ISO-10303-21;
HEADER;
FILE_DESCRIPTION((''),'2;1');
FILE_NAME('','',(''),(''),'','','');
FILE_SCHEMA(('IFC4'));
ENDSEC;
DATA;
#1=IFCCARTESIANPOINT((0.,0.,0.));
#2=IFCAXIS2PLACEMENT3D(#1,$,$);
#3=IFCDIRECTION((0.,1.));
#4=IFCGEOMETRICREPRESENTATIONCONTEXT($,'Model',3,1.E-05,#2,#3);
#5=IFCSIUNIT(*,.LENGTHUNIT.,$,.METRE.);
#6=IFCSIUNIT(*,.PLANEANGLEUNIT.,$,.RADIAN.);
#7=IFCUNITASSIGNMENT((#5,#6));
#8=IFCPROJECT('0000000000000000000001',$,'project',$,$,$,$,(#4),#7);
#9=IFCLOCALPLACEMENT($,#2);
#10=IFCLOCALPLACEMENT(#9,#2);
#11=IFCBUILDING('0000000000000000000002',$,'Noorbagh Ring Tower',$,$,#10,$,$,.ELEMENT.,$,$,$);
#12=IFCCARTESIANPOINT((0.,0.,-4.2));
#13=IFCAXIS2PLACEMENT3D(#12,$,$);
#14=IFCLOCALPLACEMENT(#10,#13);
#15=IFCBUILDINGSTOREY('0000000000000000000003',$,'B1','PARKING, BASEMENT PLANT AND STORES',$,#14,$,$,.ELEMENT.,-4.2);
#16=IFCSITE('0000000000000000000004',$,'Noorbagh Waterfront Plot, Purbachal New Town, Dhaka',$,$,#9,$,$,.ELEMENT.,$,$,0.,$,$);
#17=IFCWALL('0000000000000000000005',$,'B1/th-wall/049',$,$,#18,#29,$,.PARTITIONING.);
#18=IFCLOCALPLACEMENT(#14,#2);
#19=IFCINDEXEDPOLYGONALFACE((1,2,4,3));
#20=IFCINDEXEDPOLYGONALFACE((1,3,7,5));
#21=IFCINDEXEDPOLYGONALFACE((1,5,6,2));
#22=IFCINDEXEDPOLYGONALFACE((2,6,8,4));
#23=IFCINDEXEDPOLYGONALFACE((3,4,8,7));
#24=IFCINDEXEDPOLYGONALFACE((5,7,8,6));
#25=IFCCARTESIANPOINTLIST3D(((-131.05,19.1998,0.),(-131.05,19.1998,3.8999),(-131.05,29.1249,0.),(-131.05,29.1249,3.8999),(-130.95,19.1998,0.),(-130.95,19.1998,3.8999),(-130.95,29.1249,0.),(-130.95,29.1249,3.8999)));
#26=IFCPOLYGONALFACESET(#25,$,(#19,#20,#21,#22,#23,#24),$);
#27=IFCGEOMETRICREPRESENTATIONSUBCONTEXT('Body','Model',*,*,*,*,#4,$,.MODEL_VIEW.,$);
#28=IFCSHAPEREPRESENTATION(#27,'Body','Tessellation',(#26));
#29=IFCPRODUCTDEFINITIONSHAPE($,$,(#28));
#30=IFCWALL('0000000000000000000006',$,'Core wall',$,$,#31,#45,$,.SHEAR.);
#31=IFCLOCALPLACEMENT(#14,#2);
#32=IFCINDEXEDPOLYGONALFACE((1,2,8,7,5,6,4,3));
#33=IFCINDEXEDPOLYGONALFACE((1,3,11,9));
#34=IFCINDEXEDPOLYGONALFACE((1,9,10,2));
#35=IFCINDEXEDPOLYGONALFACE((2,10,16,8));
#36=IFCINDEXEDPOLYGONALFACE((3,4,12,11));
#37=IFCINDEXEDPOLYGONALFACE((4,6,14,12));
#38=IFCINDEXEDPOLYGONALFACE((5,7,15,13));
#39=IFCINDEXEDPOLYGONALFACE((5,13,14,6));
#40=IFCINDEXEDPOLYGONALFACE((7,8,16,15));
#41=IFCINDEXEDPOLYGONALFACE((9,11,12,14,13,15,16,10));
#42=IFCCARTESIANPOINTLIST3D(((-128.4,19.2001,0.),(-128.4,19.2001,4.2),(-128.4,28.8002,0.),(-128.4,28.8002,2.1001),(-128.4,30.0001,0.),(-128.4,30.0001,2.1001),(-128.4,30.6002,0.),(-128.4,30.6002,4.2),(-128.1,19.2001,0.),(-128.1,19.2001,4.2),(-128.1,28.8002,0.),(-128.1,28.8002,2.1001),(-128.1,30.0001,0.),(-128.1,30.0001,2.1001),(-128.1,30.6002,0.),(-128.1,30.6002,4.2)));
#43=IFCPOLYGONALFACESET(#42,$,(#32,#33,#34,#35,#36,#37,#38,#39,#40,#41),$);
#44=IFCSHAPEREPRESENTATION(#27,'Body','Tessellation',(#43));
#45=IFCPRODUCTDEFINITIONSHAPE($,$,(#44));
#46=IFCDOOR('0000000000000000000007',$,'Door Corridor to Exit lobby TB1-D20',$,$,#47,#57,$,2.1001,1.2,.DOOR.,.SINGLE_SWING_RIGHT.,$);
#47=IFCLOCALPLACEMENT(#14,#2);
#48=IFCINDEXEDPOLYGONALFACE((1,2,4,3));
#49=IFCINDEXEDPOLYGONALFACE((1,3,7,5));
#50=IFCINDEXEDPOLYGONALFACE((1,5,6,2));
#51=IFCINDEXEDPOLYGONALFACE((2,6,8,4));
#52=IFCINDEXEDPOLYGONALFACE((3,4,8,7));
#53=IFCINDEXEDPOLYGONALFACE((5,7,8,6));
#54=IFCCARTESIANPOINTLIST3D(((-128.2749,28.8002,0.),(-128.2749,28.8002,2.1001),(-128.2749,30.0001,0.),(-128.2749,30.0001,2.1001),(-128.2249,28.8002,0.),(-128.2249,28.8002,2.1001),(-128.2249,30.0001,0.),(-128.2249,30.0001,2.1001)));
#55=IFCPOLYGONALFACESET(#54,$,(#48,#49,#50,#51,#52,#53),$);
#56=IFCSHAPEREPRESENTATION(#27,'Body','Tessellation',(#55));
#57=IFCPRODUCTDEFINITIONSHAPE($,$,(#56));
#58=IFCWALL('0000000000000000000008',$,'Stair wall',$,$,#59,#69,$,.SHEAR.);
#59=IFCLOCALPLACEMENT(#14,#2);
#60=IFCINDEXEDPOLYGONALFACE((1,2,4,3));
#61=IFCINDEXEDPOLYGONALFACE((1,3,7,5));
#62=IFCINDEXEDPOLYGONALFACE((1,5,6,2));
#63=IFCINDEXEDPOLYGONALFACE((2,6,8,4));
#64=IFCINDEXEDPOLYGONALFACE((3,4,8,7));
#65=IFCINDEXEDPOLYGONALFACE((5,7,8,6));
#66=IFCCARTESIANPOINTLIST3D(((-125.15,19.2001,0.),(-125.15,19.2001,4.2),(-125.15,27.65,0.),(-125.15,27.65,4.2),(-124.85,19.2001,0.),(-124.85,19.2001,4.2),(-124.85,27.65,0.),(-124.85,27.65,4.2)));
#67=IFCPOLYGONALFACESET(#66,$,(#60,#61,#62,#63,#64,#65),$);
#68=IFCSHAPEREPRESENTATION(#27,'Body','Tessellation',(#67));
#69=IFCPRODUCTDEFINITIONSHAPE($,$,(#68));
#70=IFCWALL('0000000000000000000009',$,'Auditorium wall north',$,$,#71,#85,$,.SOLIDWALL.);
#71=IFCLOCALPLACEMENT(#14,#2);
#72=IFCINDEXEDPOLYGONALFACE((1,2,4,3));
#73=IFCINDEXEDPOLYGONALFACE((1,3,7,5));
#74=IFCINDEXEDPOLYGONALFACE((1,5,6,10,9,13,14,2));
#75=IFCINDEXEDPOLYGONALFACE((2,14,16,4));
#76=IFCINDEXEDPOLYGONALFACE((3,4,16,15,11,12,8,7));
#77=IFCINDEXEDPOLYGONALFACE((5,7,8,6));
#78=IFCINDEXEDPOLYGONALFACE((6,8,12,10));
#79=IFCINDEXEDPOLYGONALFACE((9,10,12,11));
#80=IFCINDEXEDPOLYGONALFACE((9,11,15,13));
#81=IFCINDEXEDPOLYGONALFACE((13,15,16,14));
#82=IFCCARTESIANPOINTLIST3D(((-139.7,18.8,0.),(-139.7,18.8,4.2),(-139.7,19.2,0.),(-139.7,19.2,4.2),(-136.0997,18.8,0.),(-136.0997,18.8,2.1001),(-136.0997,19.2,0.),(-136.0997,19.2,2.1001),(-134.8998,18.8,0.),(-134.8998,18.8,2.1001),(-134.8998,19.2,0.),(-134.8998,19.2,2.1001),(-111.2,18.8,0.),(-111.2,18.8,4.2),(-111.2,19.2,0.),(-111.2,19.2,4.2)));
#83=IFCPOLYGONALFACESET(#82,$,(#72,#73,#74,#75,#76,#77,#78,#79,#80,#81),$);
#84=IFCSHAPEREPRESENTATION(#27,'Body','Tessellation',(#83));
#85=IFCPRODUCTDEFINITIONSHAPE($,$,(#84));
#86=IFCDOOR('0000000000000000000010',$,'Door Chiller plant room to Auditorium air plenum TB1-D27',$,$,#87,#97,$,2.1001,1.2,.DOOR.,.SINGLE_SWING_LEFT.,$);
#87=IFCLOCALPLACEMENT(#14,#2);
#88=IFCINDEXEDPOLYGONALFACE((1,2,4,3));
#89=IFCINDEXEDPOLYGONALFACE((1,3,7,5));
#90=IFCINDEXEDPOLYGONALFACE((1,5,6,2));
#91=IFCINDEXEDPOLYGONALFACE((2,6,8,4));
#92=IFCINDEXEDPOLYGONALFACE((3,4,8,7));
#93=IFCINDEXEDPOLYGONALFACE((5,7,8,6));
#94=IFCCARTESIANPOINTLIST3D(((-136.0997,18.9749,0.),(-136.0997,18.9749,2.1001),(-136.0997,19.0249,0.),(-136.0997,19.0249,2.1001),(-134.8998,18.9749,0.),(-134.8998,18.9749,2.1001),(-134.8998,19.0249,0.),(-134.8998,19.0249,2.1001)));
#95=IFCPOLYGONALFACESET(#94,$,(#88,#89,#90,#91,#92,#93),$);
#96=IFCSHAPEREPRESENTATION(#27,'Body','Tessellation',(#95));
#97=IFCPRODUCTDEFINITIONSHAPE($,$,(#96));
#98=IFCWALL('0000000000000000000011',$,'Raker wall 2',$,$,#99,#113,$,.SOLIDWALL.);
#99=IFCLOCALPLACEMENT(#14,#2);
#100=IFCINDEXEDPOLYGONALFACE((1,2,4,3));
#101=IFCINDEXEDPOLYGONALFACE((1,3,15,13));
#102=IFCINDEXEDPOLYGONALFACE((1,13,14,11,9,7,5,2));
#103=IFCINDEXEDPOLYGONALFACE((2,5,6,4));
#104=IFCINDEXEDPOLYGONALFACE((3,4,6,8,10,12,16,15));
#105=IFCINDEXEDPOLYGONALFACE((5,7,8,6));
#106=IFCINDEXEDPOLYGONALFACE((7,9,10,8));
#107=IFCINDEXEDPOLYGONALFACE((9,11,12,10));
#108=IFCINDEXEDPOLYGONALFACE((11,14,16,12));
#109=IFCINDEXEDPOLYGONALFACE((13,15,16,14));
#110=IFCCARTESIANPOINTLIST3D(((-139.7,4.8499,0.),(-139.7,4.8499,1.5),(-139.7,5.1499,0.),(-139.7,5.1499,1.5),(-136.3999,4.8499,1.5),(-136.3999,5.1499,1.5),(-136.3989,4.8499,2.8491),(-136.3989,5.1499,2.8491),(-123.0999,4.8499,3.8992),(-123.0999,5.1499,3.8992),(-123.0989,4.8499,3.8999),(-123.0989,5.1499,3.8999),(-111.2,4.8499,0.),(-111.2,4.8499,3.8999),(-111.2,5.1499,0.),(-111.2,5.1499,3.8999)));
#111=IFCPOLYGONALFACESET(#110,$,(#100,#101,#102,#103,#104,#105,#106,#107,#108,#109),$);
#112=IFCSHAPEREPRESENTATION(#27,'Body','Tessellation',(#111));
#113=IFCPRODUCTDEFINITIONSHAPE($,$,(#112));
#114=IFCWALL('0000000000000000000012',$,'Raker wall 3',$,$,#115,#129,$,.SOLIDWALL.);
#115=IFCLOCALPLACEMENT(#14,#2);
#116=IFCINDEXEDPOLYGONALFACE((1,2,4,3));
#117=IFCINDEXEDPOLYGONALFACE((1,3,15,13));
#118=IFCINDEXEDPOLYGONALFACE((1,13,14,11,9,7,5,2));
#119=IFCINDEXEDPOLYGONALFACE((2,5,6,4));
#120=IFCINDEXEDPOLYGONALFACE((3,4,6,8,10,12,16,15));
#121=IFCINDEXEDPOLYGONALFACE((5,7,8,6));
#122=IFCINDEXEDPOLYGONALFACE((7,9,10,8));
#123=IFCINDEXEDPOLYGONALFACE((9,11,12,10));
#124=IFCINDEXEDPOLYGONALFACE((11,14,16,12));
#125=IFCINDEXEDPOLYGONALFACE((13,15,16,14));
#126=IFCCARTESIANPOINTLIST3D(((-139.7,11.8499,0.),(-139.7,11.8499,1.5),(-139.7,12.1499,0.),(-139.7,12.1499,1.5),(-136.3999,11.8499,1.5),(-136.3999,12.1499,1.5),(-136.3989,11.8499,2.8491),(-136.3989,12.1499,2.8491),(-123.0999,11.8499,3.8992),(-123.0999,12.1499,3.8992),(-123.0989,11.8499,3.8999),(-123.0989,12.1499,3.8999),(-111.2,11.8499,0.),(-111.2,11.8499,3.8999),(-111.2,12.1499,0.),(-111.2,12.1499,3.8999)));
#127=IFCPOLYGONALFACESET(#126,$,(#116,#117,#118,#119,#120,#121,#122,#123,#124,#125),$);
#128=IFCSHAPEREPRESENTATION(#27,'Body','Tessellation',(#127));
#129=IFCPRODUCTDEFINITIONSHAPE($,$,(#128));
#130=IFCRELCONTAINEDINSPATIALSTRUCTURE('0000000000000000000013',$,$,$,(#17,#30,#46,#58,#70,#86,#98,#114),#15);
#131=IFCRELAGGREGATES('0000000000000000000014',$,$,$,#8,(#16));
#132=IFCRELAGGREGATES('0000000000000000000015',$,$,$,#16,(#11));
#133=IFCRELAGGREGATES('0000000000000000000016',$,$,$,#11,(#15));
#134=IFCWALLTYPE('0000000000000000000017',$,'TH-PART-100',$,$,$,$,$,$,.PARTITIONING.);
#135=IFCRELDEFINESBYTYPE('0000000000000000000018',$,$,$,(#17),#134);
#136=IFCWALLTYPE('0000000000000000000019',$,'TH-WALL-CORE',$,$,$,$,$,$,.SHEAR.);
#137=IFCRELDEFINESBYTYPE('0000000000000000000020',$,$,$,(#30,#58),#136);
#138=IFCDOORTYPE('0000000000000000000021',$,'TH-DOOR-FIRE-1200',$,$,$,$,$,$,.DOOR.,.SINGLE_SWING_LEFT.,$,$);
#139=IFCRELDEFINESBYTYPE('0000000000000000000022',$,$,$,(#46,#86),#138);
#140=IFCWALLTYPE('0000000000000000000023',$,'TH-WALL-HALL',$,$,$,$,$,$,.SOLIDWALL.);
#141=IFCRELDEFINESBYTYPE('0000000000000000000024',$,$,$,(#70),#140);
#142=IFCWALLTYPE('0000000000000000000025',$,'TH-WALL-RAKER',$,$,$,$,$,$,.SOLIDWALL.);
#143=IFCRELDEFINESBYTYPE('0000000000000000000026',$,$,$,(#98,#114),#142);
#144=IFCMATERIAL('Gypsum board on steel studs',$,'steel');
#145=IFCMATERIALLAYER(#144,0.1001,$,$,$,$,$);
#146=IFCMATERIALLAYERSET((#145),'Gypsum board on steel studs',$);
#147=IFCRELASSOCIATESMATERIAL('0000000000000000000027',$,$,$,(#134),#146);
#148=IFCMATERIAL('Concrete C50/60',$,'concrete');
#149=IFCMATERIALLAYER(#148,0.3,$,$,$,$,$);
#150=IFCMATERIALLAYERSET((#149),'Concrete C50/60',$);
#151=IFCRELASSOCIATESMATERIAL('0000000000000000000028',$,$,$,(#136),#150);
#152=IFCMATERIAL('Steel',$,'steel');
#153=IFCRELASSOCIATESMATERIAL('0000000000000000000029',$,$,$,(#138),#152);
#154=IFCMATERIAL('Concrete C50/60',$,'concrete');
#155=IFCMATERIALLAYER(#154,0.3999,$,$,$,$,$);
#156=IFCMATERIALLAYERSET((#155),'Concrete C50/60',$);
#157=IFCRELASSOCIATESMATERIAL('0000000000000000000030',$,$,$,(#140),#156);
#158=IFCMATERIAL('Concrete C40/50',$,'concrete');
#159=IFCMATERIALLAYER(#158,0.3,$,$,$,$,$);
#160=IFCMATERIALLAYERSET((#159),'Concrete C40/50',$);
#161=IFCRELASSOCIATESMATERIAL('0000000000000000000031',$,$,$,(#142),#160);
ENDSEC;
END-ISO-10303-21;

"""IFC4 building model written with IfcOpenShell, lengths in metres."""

from ifc_helpers import new_model, si_unit, direction, frame, frame_2d, origin, place, context, subcontext, project, spatial, polyline, rectangle, outline, extrude, material, layer, layer_set, type_object, element, fill, save


model = new_model("IFC4")

# Units and contexts
model_context = context("Model", 3, precision=1e-05, world=origin(), true_north=direction((0.0, 1.0)))
body_context = subcontext(model_context, "Body", "Model", "MODEL_VIEW")
ifc_project = project(units=[si_unit("LENGTHUNIT", "METRE"), si_unit("PLANEANGLEUNIT", "RADIAN")], contexts=[model_context])

# Site, building, storey
site_placement = place(None, origin())
site = spatial("IfcSite", under=ifc_project, at=site_placement, Name="Noorbagh Waterfront Plot, Purbachal New Town, Dhaka", CompositionType="ELEMENT", RefElevation=0.0)
building_placement = place(site_placement, origin())
building = spatial("IfcBuilding", under=site, at=building_placement, Name="Noorbagh Ring Tower", CompositionType="ELEMENT")
storey_placement = place(building_placement, frame((0.0, 0.0, -4.2)))
storey = spatial("IfcBuildingStorey", under=building, at=storey_placement, Name="B1", Description="PARKING, BASEMENT PLANT AND STORES", CompositionType="ELEMENT", Elevation=-4.2)

# Wall
ifc_material_1 = material(Name="Gypsum board on steel studs", Category="steel")
ifc_layer_1 = layer(ifc_material_1, 0.1001)
ifc_layer_set_1 = layer_set([ifc_layer_1], Name="Gypsum board on steel studs")
wall_type_1 = type_object("IfcWallType", Name="TH-PART-100", PredefinedType="PARTITIONING", material=ifc_layer_set_1)
wall_1_placement = place(storey_placement, frame((-131.0, 19.2, 0.0), z_axis=(0.0, 0.0, 1.0), x_axis=(0.0, 1.0, 0.0)))
element("IfcWall", 1, at=wall_1_placement, inside=storey, type_object=wall_type_1, Name="B1/th-wall/049", PredefinedType="PARTITIONING", context=body_context, shape_type="SweptSolid", body=[
    extrude(rectangle(XDim=9.925, YDim=0.1001, at=frame_2d((4.9624, 0.0))), origin(), (0.0, 0.0, 1.0), 3.8999),
])

# Wall, opening, door
ifc_material_2 = material(Name="Concrete C50/60", Category="concrete")
ifc_layer_2 = layer(ifc_material_2, 0.3)
ifc_layer_set_2 = layer_set([ifc_layer_2], Name="Concrete C50/60")
wall_type_2 = type_object("IfcWallType", Name="TH-WALL-CORE", PredefinedType="SHEAR", material=ifc_layer_set_2)
wall_2_placement = place(storey_placement, frame((-128.25, 19.2, 0.0), z_axis=(0.0, 0.0, 1.0), x_axis=(0.0, 1.0, 0.0)))
wall_2 = element("IfcWall", 2, at=wall_2_placement, inside=storey, type_object=wall_type_2, Name="Core wall", PredefinedType="SHEAR", context=body_context, shape_type="SweptSolid", body=[
    extrude(rectangle(XDim=11.4001, YDim=0.3, at=frame_2d((5.7002, 0.0))), origin(), (0.0, 0.0, 1.0), 4.2),
])
opening_1_placement = place(wall_2_placement, frame((9.6001, 0.0, 0.0)))
opening_1 = element("IfcOpeningElement", 3, at=opening_1_placement, cuts=wall_2, PredefinedType="OPENING", context=body_context, shape_type="SweptSolid", body=[
    extrude(rectangle(XDim=1.2, YDim=2.1001, at=frame_2d((0.6001, 1.05))), frame((0.0, 0.1602, 0.0), z_axis=(0.0, -1.0, 0.0), x_axis=(1.0, 0.0, 0.0)), (0.0, 0.0, 1.0), 0.3201),
])
ifc_material_3 = material(Name="Steel", Category="steel")
door_type = type_object("IfcDoorType", Name="TH-DOOR-FIRE-1200", OperationType="SINGLE_SWING_LEFT", PredefinedType="DOOR", material=ifc_material_3)
door_1_placement = place(opening_1_placement, origin())
door_1 = element("IfcDoor", 4, at=door_1_placement, inside=storey, type_object=door_type, Name="Door Corridor to Exit lobby TB1-D20", OperationType="SINGLE_SWING_RIGHT", OverallHeight=2.1001, OverallWidth=1.2, PredefinedType="DOOR", context=body_context, shape_type="SweptSolid", body=[
    extrude(rectangle(XDim=1.2, YDim=2.1001, at=frame_2d((0.6001, 1.05))), frame((0.0, 0.0249, 0.0), z_axis=(0.0, -1.0, 0.0), x_axis=(1.0, 0.0, 0.0)), (0.0, 0.0, 1.0), 0.05),
])
fill(opening_1, door_1)

# Wall
wall_3_placement = place(storey_placement, frame((-125.0, 19.2, 0.0), z_axis=(0.0, 0.0, 1.0), x_axis=(0.0, 1.0, 0.0)))
element("IfcWall", 5, at=wall_3_placement, inside=storey, type_object=wall_type_2, Name="Stair wall", PredefinedType="SHEAR", context=body_context, shape_type="SweptSolid", body=[
    extrude(rectangle(XDim=8.45, YDim=0.3, at=frame_2d((4.2251, 0.0))), origin(), (0.0, 0.0, 1.0), 4.2),
])

# Wall, opening, door
ifc_material_4 = material(Name="Concrete C50/60", Category="concrete")
ifc_layer_3 = layer(ifc_material_4, 0.3999)
ifc_layer_set_3 = layer_set([ifc_layer_3], Name="Concrete C50/60")
wall_type_3 = type_object("IfcWallType", Name="TH-WALL-HALL", PredefinedType="SOLIDWALL", material=ifc_layer_set_3)
wall_4_placement = place(storey_placement, frame((-139.7, 19.0, 0.0), z_axis=(0.0, 0.0, 1.0), x_axis=(1.0, 0.0, 0.0)))
wall_4 = element("IfcWall", 6, at=wall_4_placement, inside=storey, type_object=wall_type_3, Name="Auditorium wall north", PredefinedType="SOLIDWALL", context=body_context, shape_type="SweptSolid", body=[
    extrude(rectangle(XDim=28.5, YDim=0.3999, at=frame_2d((14.25, 0.0))), origin(), (0.0, 0.0, 1.0), 4.2),
])
opening_2_placement = place(wall_4_placement, frame((3.6001, 0.0, 0.0)))
opening_2 = element("IfcOpeningElement", 7, at=opening_2_placement, cuts=wall_4, PredefinedType="OPENING", context=body_context, shape_type="SweptSolid", body=[
    extrude(rectangle(XDim=1.2, YDim=2.1001, at=frame_2d((0.6001, 1.05))), frame((0.0, 0.21, 0.0), z_axis=(0.0, -1.0, 0.0), x_axis=(1.0, 0.0, 0.0)), (0.0, 0.0, 1.0), 0.4199),
])
door_2_placement = place(opening_2_placement, origin())
door_2 = element("IfcDoor", 8, at=door_2_placement, inside=storey, type_object=door_type, Name="Door Chiller plant room to Auditorium air plenum TB1-D27", OperationType="SINGLE_SWING_LEFT", OverallHeight=2.1001, OverallWidth=1.2, PredefinedType="DOOR", context=body_context, shape_type="SweptSolid", body=[
    extrude(rectangle(XDim=1.2, YDim=2.1001, at=frame_2d((0.6001, 1.05))), frame((0.0, 0.0249, 0.0), z_axis=(0.0, -1.0, 0.0), x_axis=(1.0, 0.0, 0.0)), (0.0, 0.0, 1.0), 0.05),
])
fill(opening_2, door_2)

# Walls
ifc_material_5 = material(Name="Concrete C40/50", Category="concrete")
ifc_layer_4 = layer(ifc_material_5, 0.3)
ifc_layer_set_4 = layer_set([ifc_layer_4], Name="Concrete C40/50")
wall_type_4 = type_object("IfcWallType", Name="TH-WALL-RAKER", PredefinedType="SOLIDWALL", material=ifc_layer_set_4)
for number, where, z_axis, x_axis, name in (
    (9, (-139.7, 5.0, 0.0), (0.0, 0.0, 1.0), (1.0, 0.0, 0.0), "Raker wall 2"),
    (10, (-139.7, 12.0, 0.0), (0.0, 0.0, 1.0), (1.0, 0.0, 0.0), "Raker wall 3"),
):
    element("IfcWall", number, at=place(storey_placement, frame(where, z_axis=z_axis, x_axis=x_axis)), inside=storey, type_object=wall_type_4, Name=name, PredefinedType="SOLIDWALL", context=body_context, shape_type="SweptSolid", body=[
        extrude(outline(polyline([(0.0, 0.0), (28.5, 0.0), (28.5, 3.8999), (16.6011, 3.8999), (16.6001, 3.8992), (3.301, 2.8491), (3.3, 1.5), (0.0, 1.5), (0.0, 0.0)])), frame((0.0, 0.1499, 0.0), z_axis=(0.0, -1.0, 0.0), x_axis=(1.0, 0.0, 0.0)), (0.0, 0.0, 1.0), 0.3),
    ])

save(model, "model.ifc")
